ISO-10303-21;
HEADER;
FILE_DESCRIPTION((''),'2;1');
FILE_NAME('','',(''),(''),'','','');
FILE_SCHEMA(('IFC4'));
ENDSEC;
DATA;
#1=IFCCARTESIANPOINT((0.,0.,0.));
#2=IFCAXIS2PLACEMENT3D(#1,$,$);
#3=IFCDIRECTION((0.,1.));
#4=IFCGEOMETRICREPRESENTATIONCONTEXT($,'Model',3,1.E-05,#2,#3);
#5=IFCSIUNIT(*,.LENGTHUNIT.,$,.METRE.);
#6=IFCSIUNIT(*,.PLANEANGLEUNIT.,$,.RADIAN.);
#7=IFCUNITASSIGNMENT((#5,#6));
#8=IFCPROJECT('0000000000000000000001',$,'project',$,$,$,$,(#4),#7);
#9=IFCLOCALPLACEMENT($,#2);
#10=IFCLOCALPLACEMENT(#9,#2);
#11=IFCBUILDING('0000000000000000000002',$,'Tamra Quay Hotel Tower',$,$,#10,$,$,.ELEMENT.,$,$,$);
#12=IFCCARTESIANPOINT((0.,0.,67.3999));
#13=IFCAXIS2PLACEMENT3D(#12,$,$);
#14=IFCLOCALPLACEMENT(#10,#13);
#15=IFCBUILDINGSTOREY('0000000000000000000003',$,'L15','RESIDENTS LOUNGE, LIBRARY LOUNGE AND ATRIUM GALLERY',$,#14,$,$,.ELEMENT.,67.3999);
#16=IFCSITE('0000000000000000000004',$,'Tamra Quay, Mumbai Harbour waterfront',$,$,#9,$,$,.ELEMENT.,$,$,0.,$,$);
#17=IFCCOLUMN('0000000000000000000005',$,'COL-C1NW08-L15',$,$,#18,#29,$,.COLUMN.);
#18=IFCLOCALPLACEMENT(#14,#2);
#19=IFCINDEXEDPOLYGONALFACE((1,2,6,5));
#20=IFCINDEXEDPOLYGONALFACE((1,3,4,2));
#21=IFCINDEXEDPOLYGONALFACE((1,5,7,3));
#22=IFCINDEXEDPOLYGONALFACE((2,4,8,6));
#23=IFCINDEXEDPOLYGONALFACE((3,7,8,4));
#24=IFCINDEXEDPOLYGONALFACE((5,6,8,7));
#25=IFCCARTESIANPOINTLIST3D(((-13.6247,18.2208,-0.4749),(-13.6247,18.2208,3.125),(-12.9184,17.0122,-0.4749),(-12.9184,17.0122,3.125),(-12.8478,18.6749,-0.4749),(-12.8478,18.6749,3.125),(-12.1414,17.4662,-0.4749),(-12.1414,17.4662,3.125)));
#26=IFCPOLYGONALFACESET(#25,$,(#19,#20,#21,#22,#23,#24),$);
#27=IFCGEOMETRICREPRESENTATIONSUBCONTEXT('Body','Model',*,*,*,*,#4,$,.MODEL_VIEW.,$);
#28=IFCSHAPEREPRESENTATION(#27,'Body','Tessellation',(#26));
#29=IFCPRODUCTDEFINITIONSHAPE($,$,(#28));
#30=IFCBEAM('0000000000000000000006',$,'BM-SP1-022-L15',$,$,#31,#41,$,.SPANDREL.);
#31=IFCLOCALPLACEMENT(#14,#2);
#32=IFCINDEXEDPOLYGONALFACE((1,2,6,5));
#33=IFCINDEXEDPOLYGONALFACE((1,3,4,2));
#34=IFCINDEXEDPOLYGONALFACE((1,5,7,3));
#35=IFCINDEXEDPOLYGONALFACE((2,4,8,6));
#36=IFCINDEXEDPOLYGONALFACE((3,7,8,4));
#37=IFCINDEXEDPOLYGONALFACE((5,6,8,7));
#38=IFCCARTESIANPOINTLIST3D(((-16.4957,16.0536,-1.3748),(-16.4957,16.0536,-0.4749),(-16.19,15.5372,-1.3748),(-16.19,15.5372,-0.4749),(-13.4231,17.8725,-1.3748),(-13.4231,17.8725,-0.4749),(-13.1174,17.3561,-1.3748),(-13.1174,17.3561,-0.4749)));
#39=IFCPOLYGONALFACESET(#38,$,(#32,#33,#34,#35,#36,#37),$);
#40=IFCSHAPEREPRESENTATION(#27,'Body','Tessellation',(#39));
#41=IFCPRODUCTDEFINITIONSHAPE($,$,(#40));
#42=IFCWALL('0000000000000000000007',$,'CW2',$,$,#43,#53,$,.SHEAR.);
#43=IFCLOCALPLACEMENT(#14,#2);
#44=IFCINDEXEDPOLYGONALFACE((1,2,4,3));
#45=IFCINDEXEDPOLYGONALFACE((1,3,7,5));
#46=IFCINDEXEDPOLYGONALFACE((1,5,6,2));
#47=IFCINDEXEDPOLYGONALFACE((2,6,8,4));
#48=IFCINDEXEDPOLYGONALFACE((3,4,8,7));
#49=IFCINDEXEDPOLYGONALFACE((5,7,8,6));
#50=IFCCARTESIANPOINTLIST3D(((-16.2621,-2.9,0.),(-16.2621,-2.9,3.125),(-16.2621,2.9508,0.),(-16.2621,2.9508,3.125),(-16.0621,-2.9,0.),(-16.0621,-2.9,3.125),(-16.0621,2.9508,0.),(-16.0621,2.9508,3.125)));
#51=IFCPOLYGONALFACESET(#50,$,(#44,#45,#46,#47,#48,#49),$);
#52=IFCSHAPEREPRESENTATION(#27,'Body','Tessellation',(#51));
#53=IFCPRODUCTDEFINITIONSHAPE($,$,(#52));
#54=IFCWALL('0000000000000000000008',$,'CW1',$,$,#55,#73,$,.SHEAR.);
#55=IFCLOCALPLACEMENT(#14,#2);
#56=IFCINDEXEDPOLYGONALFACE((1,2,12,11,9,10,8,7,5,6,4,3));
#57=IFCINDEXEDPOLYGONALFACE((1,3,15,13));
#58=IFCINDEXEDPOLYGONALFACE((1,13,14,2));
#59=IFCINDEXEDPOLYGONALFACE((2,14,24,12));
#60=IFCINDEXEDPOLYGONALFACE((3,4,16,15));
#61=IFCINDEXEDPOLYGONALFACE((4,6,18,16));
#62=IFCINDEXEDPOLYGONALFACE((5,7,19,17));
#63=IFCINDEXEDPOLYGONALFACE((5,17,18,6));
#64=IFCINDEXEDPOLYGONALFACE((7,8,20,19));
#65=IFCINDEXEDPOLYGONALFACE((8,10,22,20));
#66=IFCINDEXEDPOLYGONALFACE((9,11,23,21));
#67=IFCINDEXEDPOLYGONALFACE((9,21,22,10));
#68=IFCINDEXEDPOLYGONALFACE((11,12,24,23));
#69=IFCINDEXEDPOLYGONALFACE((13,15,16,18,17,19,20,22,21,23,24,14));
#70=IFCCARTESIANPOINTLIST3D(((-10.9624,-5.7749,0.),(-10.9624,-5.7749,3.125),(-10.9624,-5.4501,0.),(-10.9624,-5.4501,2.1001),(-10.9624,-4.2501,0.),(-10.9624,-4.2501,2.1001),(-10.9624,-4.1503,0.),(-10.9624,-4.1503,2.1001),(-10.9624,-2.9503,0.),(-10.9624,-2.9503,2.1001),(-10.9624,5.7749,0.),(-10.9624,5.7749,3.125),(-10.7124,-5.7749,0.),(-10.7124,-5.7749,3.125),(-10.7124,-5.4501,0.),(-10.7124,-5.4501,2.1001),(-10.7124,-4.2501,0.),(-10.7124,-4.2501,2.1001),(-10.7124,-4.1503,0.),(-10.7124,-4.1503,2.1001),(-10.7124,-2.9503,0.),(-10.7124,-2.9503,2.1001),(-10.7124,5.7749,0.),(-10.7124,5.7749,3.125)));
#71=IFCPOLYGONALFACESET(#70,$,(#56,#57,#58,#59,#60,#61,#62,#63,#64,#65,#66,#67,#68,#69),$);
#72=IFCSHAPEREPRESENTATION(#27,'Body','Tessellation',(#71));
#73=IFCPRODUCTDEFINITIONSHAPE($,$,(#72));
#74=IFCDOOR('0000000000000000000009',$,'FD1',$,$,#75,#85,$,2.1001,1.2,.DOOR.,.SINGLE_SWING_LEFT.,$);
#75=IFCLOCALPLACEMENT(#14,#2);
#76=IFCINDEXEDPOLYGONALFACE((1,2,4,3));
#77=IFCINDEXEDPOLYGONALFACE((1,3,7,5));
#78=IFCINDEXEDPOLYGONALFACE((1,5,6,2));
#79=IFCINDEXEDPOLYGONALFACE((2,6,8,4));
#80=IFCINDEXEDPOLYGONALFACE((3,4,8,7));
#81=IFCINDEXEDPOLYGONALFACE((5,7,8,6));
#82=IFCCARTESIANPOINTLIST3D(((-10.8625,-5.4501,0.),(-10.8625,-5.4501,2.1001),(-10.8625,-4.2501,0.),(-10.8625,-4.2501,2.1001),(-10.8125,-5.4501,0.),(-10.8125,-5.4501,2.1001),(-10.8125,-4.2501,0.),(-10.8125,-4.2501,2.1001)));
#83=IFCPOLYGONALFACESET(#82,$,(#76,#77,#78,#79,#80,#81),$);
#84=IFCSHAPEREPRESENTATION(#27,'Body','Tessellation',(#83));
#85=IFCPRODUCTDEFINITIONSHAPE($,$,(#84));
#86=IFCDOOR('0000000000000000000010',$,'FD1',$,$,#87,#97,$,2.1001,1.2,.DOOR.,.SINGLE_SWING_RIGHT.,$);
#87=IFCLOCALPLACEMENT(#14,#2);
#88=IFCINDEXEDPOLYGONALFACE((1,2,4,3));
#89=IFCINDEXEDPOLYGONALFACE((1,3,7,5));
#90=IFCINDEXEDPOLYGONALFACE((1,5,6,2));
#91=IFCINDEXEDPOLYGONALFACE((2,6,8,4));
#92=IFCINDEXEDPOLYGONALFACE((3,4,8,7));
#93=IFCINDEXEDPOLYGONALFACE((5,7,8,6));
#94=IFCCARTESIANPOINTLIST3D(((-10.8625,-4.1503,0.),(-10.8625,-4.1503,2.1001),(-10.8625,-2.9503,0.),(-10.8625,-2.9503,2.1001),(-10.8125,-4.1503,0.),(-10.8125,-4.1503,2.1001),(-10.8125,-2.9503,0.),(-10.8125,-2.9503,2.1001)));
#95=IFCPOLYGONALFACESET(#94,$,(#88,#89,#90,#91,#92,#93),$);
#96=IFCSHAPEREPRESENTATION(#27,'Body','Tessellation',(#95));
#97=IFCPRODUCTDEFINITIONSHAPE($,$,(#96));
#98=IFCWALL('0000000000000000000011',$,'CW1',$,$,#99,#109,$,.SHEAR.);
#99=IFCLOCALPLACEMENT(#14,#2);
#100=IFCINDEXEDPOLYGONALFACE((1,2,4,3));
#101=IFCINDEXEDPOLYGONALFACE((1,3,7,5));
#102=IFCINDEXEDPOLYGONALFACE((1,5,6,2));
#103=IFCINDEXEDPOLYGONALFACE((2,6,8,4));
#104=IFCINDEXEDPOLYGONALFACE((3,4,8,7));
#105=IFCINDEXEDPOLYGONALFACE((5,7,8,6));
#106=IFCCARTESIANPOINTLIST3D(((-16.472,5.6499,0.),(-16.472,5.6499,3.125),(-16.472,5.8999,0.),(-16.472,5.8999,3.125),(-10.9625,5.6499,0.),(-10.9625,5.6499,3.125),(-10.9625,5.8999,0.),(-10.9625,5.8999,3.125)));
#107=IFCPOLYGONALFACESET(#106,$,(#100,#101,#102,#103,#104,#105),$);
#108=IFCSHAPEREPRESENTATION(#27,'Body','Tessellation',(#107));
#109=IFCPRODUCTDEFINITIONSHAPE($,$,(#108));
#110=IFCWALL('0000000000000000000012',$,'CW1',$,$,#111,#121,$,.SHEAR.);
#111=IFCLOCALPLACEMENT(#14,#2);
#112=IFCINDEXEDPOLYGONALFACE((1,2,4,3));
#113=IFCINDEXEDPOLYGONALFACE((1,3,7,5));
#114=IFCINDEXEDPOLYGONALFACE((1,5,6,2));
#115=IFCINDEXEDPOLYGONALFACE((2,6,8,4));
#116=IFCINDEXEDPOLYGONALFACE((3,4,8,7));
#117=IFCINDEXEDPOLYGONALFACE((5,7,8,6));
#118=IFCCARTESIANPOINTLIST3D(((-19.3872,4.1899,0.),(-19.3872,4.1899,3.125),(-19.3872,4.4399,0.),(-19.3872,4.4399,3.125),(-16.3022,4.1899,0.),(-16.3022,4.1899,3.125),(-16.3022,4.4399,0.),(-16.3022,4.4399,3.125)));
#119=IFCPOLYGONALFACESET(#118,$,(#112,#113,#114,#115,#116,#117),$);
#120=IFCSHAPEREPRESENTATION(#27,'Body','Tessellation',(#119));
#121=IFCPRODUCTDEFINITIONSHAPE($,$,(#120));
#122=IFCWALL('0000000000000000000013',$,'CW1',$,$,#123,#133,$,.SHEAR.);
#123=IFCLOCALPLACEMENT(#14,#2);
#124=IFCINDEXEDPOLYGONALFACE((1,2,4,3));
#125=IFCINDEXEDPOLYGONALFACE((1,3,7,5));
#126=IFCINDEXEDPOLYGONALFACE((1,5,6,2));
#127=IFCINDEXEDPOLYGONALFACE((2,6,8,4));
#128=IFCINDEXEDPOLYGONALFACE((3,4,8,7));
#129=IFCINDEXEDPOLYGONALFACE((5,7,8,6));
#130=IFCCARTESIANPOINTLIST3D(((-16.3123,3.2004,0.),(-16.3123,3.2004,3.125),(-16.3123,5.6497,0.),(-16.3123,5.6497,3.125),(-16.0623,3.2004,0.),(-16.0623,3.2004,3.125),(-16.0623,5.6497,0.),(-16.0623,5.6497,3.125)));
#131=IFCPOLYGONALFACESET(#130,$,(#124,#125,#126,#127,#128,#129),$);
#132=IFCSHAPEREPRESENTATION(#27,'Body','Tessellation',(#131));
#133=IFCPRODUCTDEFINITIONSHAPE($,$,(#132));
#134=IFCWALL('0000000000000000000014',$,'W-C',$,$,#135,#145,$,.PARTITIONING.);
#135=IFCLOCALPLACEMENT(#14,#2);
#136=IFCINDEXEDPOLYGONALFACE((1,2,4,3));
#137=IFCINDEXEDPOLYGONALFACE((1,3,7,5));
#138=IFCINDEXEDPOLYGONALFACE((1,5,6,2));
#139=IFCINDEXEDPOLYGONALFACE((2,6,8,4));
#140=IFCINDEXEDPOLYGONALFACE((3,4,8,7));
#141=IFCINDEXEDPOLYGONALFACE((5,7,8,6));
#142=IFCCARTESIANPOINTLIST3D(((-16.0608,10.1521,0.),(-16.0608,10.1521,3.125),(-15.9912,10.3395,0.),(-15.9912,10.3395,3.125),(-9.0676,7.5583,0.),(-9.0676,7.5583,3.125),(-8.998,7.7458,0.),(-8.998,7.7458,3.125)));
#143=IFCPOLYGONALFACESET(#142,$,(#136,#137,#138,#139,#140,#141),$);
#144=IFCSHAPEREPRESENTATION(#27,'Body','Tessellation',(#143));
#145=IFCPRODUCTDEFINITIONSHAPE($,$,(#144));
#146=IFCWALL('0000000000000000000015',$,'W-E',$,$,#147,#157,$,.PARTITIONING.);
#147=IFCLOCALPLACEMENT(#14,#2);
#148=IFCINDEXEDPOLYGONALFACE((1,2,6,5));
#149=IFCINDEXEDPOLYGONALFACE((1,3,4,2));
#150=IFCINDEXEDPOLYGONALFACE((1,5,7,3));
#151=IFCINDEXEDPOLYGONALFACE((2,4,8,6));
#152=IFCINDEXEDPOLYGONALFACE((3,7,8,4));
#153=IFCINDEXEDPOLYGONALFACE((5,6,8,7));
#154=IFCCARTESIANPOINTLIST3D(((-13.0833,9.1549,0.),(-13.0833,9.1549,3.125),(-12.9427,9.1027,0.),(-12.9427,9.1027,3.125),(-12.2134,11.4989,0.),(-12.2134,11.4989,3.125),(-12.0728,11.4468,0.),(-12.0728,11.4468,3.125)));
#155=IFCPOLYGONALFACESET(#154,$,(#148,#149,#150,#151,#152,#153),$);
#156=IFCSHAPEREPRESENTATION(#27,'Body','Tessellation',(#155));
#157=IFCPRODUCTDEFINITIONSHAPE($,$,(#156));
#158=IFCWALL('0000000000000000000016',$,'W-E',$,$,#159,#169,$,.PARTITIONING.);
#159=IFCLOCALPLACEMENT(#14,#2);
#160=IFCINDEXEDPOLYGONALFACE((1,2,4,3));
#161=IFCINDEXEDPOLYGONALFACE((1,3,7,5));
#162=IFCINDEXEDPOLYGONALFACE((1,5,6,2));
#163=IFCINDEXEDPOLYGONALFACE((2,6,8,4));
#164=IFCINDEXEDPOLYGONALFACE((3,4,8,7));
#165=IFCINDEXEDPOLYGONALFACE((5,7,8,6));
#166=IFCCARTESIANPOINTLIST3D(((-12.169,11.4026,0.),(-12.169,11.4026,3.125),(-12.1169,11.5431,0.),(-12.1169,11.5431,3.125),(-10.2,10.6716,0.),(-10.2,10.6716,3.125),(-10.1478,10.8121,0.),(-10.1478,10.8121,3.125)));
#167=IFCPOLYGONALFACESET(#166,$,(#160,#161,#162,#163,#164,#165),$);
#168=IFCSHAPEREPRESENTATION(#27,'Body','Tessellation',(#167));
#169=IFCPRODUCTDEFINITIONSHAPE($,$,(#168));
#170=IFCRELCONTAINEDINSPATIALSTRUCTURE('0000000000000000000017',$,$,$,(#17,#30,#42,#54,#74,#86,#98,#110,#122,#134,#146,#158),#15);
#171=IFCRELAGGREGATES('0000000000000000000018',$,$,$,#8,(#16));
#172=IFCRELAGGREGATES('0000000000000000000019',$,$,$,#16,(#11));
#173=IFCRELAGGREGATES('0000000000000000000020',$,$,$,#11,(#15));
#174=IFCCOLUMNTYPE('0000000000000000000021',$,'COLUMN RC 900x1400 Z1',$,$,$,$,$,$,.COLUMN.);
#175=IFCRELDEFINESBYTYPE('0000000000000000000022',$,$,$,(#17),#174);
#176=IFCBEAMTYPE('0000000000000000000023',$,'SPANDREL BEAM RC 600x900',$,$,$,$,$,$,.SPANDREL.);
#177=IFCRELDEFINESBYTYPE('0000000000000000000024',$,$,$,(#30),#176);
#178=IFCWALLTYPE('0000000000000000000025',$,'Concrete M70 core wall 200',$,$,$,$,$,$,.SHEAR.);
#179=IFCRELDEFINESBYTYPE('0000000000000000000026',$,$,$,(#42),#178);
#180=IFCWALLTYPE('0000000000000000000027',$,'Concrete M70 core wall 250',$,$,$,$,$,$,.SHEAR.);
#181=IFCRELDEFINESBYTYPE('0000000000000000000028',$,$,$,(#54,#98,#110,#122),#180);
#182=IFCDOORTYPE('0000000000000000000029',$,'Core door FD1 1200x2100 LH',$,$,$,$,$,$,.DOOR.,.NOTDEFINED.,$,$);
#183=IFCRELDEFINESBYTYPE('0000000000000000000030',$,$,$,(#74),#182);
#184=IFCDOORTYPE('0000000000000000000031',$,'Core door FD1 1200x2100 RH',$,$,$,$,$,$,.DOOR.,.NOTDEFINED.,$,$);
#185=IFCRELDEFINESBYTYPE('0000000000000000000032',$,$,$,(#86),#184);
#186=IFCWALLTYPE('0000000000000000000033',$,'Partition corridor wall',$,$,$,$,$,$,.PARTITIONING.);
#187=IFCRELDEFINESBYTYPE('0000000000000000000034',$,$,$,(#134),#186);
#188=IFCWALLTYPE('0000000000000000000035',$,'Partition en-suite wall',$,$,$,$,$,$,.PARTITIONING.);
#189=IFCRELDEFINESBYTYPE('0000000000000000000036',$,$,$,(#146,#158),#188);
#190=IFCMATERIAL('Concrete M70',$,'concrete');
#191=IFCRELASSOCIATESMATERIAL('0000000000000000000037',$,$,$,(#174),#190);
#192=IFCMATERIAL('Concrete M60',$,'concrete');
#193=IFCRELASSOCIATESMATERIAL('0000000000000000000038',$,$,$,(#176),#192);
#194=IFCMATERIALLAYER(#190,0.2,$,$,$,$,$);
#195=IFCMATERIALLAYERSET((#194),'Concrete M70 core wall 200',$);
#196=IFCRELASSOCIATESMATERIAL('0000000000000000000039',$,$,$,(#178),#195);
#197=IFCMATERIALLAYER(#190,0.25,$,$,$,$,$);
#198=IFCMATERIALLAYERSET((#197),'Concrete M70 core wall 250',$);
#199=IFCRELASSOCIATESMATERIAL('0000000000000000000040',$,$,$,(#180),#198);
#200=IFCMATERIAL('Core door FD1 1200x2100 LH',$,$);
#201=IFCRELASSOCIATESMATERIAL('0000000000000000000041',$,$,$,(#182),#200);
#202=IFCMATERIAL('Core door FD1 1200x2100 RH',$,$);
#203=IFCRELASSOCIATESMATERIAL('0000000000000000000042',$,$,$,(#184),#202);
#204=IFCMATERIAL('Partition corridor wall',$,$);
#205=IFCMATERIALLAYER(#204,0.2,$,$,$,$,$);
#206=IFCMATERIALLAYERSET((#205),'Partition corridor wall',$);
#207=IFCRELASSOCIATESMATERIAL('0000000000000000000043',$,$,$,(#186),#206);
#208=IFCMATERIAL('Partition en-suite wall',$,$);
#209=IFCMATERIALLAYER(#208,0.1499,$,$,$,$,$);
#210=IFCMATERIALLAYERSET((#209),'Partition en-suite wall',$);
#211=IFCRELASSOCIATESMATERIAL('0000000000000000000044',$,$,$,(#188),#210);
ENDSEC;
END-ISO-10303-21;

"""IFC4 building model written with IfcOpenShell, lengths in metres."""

from ifc_helpers import new_model, si_unit, direction, frame, frame_2d, origin, origin_2d, place, context, subcontext, project, spatial, rectangle, extrude, material, layer, layer_set, material_profile, profile_set, type_object, element, fill, save


model = new_model("IFC4")

# Units and contexts
model_context = context("Model", 3, precision=1e-05, world=origin(), true_north=direction((0.0, 1.0)))
body_context = subcontext(model_context, "Body", "Model", "MODEL_VIEW")
ifc_project = project(units=[si_unit("LENGTHUNIT", "METRE"), si_unit("PLANEANGLEUNIT", "RADIAN")], contexts=[model_context])

# Site, building, storey
site_placement = place(None, origin())
site = spatial("IfcSite", under=ifc_project, at=site_placement, Name="Tamra Quay, Mumbai Harbour waterfront", CompositionType="ELEMENT", RefElevation=0.0)
building_placement = place(site_placement, origin())
building = spatial("IfcBuilding", under=site, at=building_placement, Name="Tamra Quay Hotel Tower", CompositionType="ELEMENT")
storey_placement = place(building_placement, frame((0.0, 0.0, 67.3999)))
storey = spatial("IfcBuildingStorey", under=building, at=storey_placement, Name="L15", Description="RESIDENTS LOUNGE, LIBRARY LOUNGE AND ATRIUM GALLERY", CompositionType="ELEMENT", Elevation=67.3999)

# Column
ifc_material_1 = material(Name="Concrete M70", Category="concrete")
ifc_material_profile_1 = material_profile(ifc_material_1, rectangle(XDim=1.3999, YDim=0.8999, at=origin_2d()), Name="COLUMN RC 900x1400 Z1")
ifc_profile_set_1 = profile_set([ifc_material_profile_1], Name="Concrete M70")
column_type = type_object("IfcColumnType", Name="COLUMN RC 900x1400 Z1", PredefinedType="COLUMN", material=ifc_profile_set_1)
column_placement = place(storey_placement, frame((-12.8831, 17.8435, -0.4749), z_axis=(0.0, 0.0, 1.0), x_axis=(-0.504565, 0.863374, 0.0)))
element("IfcColumn", 1, at=column_placement, inside=storey, type_object=column_type, Name="COL-C1NW08-L15", PredefinedType="COLUMN", context=body_context, shape_type="SweptSolid", body=[
    extrude(rectangle(XDim=1.3999, YDim=0.8999, at=origin_2d()), origin(), (0.0, 0.0, 1.0), 3.5999),
])

# Beam
ifc_material_2 = material(Name="Concrete M60", Category="concrete")
ifc_material_profile_2 = material_profile(ifc_material_2, rectangle(XDim=0.6001, YDim=0.8999, at=origin_2d()), Name="SPANDREL BEAM RC 600x900")
ifc_profile_set_2 = profile_set([ifc_material_profile_2], Name="Concrete M60")
beam_type = type_object("IfcBeamType", Name="SPANDREL BEAM RC 600x900", PredefinedType="SPANDREL", material=ifc_profile_set_2)
beam_placement = place(storey_placement, frame((-13.2703, 17.6143, -0.9248), z_axis=(-0.860525, -0.509409, 0.0), x_axis=(0.509409, -0.860525, 0.0)))
element("IfcBeam", 2, at=beam_placement, inside=storey, type_object=beam_type, Name="BM-SP1-022-L15", PredefinedType="SPANDREL", context=body_context, shape_type="SweptSolid", body=[
    extrude(rectangle(XDim=0.6001, YDim=0.8999, at=origin_2d()), origin(), (0.0, 0.0, 1.0), 3.5706),
])

# Wall
ifc_layer_1 = layer(ifc_material_1, 0.2)
ifc_layer_set_1 = layer_set([ifc_layer_1], Name="Concrete M70 core wall 200")
wall_type_1 = type_object("IfcWallType", Name="Concrete M70 core wall 200", PredefinedType="SHEAR", material=ifc_layer_set_1)
wall_1_placement = place(storey_placement, frame((-16.1621, 2.9507, 0.0), z_axis=(0.0, 0.0, 1.0), x_axis=(0.0, -1.0, 0.0)))
element("IfcWall", 3, at=wall_1_placement, inside=storey, type_object=wall_type_1, Name="CW2", PredefinedType="SHEAR", context=body_context, shape_type="SweptSolid", body=[
    extrude(rectangle(XDim=5.8508, YDim=0.2, at=frame_2d((2.9253, 0.0))), origin(), (0.0, 0.0, 1.0), 3.125),
])

# Wall, openings, doors
ifc_layer_2 = layer(ifc_material_1, 0.25)
ifc_layer_set_2 = layer_set([ifc_layer_2], Name="Concrete M70 core wall 250")
wall_type_2 = type_object("IfcWallType", Name="Concrete M70 core wall 250", PredefinedType="SHEAR", material=ifc_layer_set_2)
wall_2_placement = place(storey_placement, frame((-10.8374, 5.7749, 0.0), z_axis=(0.0, 0.0, 1.0), x_axis=(0.0, -1.0, 0.0)))
wall_2 = element("IfcWall", 4, at=wall_2_placement, inside=storey, type_object=wall_type_2, Name="CW1", PredefinedType="SHEAR", context=body_context, shape_type="SweptSolid", body=[
    extrude(rectangle(XDim=11.5498, YDim=0.25, at=frame_2d((5.7749, 0.0))), origin(), (0.0, 0.0, 1.0), 3.125),
])
opening_1_placement = place(wall_2_placement, frame((10.0249, 0.0, 0.0)))
opening_1 = element("IfcOpeningElement", 5, at=opening_1_placement, cuts=wall_2, PredefinedType="OPENING", context=body_context, shape_type="SweptSolid", body=[
    extrude(rectangle(XDim=1.2, YDim=2.1001, at=frame_2d((0.6001, 1.05))), frame((0.0, 0.135, 0.0), z_axis=(0.0, -1.0, 0.0), x_axis=(1.0, 0.0, 0.0)), (0.0, 0.0, 1.0), 0.27),
])
opening_2_placement = place(wall_2_placement, frame((8.7251, 0.0, 0.0)))
opening_2 = element("IfcOpeningElement", 6, at=opening_2_placement, cuts=wall_2, PredefinedType="OPENING", context=body_context, shape_type="SweptSolid", body=[
    extrude(rectangle(XDim=1.2, YDim=2.1001, at=frame_2d((0.6001, 1.05))), frame((0.0, 0.135, 0.0), z_axis=(0.0, -1.0, 0.0), x_axis=(1.0, 0.0, 0.0)), (0.0, 0.0, 1.0), 0.27),
])
ifc_material_3 = material(Name="Core door FD1 1200x2100 LH")
door_type_1 = type_object("IfcDoorType", Name="Core door FD1 1200x2100 LH", OperationType="NOTDEFINED", PredefinedType="DOOR", material=ifc_material_3)
door_1_placement = place(opening_1_placement, origin())
door_1 = element("IfcDoor", 7, at=door_1_placement, inside=storey, type_object=door_type_1, Name="FD1", OperationType="SINGLE_SWING_LEFT", OverallHeight=2.1001, OverallWidth=1.2, PredefinedType="DOOR", context=body_context, shape_type="SweptSolid", body=[
    extrude(rectangle(XDim=1.2, YDim=2.1001, at=frame_2d((0.6001, 1.05))), frame((0.0, 0.0249, 0.0), z_axis=(0.0, -1.0, 0.0), x_axis=(1.0, 0.0, 0.0)), (0.0, 0.0, 1.0), 0.05),
])
fill(opening_1, door_1)
ifc_material_4 = material(Name="Core door FD1 1200x2100 RH")
door_type_2 = type_object("IfcDoorType", Name="Core door FD1 1200x2100 RH", OperationType="NOTDEFINED", PredefinedType="DOOR", material=ifc_material_4)
door_2_placement = place(opening_2_placement, origin())
door_2 = element("IfcDoor", 8, at=door_2_placement, inside=storey, type_object=door_type_2, Name="FD1", OperationType="SINGLE_SWING_RIGHT", OverallHeight=2.1001, OverallWidth=1.2, PredefinedType="DOOR", context=body_context, shape_type="SweptSolid", body=[
    extrude(rectangle(XDim=1.2, YDim=2.1001, at=frame_2d((0.6001, 1.05))), frame((0.0, 0.0249, 0.0), z_axis=(0.0, -1.0, 0.0), x_axis=(1.0, 0.0, 0.0)), (0.0, 0.0, 1.0), 0.05),
])
fill(opening_2, door_2)

# Walls
wall_3_placement = place(storey_placement, frame((-16.4722, 5.7749, 0.0), z_axis=(0.0, 0.0, 1.0), x_axis=(1.0, 0.0, 0.0)))
element("IfcWall", 9, at=wall_3_placement, inside=storey, type_object=wall_type_2, Name="CW1", PredefinedType="SHEAR", context=body_context, shape_type="SweptSolid", body=[
    extrude(rectangle(XDim=5.5095, YDim=0.25, at=frame_2d((2.7549, 0.0))), origin(), (0.0, 0.0, 1.0), 3.125),
])
wall_4_placement = place(storey_placement, frame((-16.3022, 4.3149, 0.0), z_axis=(0.0, 0.0, 1.0), x_axis=(-1.0, 0.0, 0.0)))
element("IfcWall", 10, at=wall_4_placement, inside=storey, type_object=wall_type_2, Name="CW1", PredefinedType="SHEAR", context=body_context, shape_type="SweptSolid", body=[
    extrude(rectangle(XDim=3.085, YDim=0.25, at=frame_2d((1.5425, 0.0))), origin(), (0.0, 0.0, 1.0), 3.125),
])
wall_5_placement = place(storey_placement, frame((-16.1873, 3.2004, 0.0), z_axis=(0.0, 0.0, 1.0), x_axis=(0.0, 1.0, 0.0)))
element("IfcWall", 11, at=wall_5_placement, inside=storey, type_object=wall_type_2, Name="CW1", PredefinedType="SHEAR", context=body_context, shape_type="SweptSolid", body=[
    extrude(rectangle(XDim=2.4492, YDim=0.25, at=frame_2d((1.2246, 0.0))), origin(), (0.0, 0.0, 1.0), 3.125),
])
ifc_material_5 = material(Name="Partition corridor wall")
ifc_layer_3 = layer(ifc_material_5, 0.2)
ifc_layer_set_3 = layer_set([ifc_layer_3], Name="Partition corridor wall")
wall_type_3 = type_object("IfcWallType", Name="Partition corridor wall", PredefinedType="PARTITIONING", material=ifc_layer_set_3)
wall_6_placement = place(storey_placement, frame((-16.0261, 10.2458, 0.0), z_axis=(0.0, 0.0, 1.0), x_axis=(0.937588, -0.347749, 0.0)))
element("IfcWall", 12, at=wall_6_placement, inside=storey, type_object=wall_type_3, Name="W-C", PredefinedType="PARTITIONING", context=body_context, shape_type="SweptSolid", body=[
    extrude(rectangle(XDim=7.4587, YDim=0.2, at=frame_2d((3.7295, 0.0))), origin(), (0.0, 0.0, 1.0), 3.125),
])
ifc_material_6 = material(Name="Partition en-suite wall")
ifc_layer_4 = layer(ifc_material_6, 0.1499)
ifc_layer_set_4 = layer_set([ifc_layer_4], Name="Partition en-suite wall")
wall_type_4 = type_object("IfcWallType", Name="Partition en-suite wall", PredefinedType="PARTITIONING", material=ifc_layer_set_4)
wall_7_placement = place(storey_placement, frame((-13.0129, 9.1289, 0.0), z_axis=(0.0, 0.0, 1.0), x_axis=(0.347922, 0.937524, 0.0)))
element("IfcWall", 13, at=wall_7_placement, inside=storey, type_object=wall_type_4, Name="W-E", PredefinedType="PARTITIONING", context=body_context, shape_type="SweptSolid", body=[
    extrude(rectangle(XDim=2.5002, YDim=0.1499, at=frame_2d((1.25, 0.0))), origin(), (0.0, 0.0, 1.0), 3.125),
])
wall_8_placement = place(storey_placement, frame((-12.1431, 11.4729, 0.0), z_axis=(0.0, 0.0, 1.0), x_axis=(0.937485, -0.348026, 0.0)))
element("IfcWall", 14, at=wall_8_placement, inside=storey, type_object=wall_type_4, Name="W-E", PredefinedType="PARTITIONING", context=body_context, shape_type="SweptSolid", body=[
    extrude(rectangle(XDim=2.1003, YDim=0.1499, at=frame_2d((1.0503, 0.0))), origin(), (0.0, 0.0, 1.0), 3.125),
])

save(model, "model.ifc")
